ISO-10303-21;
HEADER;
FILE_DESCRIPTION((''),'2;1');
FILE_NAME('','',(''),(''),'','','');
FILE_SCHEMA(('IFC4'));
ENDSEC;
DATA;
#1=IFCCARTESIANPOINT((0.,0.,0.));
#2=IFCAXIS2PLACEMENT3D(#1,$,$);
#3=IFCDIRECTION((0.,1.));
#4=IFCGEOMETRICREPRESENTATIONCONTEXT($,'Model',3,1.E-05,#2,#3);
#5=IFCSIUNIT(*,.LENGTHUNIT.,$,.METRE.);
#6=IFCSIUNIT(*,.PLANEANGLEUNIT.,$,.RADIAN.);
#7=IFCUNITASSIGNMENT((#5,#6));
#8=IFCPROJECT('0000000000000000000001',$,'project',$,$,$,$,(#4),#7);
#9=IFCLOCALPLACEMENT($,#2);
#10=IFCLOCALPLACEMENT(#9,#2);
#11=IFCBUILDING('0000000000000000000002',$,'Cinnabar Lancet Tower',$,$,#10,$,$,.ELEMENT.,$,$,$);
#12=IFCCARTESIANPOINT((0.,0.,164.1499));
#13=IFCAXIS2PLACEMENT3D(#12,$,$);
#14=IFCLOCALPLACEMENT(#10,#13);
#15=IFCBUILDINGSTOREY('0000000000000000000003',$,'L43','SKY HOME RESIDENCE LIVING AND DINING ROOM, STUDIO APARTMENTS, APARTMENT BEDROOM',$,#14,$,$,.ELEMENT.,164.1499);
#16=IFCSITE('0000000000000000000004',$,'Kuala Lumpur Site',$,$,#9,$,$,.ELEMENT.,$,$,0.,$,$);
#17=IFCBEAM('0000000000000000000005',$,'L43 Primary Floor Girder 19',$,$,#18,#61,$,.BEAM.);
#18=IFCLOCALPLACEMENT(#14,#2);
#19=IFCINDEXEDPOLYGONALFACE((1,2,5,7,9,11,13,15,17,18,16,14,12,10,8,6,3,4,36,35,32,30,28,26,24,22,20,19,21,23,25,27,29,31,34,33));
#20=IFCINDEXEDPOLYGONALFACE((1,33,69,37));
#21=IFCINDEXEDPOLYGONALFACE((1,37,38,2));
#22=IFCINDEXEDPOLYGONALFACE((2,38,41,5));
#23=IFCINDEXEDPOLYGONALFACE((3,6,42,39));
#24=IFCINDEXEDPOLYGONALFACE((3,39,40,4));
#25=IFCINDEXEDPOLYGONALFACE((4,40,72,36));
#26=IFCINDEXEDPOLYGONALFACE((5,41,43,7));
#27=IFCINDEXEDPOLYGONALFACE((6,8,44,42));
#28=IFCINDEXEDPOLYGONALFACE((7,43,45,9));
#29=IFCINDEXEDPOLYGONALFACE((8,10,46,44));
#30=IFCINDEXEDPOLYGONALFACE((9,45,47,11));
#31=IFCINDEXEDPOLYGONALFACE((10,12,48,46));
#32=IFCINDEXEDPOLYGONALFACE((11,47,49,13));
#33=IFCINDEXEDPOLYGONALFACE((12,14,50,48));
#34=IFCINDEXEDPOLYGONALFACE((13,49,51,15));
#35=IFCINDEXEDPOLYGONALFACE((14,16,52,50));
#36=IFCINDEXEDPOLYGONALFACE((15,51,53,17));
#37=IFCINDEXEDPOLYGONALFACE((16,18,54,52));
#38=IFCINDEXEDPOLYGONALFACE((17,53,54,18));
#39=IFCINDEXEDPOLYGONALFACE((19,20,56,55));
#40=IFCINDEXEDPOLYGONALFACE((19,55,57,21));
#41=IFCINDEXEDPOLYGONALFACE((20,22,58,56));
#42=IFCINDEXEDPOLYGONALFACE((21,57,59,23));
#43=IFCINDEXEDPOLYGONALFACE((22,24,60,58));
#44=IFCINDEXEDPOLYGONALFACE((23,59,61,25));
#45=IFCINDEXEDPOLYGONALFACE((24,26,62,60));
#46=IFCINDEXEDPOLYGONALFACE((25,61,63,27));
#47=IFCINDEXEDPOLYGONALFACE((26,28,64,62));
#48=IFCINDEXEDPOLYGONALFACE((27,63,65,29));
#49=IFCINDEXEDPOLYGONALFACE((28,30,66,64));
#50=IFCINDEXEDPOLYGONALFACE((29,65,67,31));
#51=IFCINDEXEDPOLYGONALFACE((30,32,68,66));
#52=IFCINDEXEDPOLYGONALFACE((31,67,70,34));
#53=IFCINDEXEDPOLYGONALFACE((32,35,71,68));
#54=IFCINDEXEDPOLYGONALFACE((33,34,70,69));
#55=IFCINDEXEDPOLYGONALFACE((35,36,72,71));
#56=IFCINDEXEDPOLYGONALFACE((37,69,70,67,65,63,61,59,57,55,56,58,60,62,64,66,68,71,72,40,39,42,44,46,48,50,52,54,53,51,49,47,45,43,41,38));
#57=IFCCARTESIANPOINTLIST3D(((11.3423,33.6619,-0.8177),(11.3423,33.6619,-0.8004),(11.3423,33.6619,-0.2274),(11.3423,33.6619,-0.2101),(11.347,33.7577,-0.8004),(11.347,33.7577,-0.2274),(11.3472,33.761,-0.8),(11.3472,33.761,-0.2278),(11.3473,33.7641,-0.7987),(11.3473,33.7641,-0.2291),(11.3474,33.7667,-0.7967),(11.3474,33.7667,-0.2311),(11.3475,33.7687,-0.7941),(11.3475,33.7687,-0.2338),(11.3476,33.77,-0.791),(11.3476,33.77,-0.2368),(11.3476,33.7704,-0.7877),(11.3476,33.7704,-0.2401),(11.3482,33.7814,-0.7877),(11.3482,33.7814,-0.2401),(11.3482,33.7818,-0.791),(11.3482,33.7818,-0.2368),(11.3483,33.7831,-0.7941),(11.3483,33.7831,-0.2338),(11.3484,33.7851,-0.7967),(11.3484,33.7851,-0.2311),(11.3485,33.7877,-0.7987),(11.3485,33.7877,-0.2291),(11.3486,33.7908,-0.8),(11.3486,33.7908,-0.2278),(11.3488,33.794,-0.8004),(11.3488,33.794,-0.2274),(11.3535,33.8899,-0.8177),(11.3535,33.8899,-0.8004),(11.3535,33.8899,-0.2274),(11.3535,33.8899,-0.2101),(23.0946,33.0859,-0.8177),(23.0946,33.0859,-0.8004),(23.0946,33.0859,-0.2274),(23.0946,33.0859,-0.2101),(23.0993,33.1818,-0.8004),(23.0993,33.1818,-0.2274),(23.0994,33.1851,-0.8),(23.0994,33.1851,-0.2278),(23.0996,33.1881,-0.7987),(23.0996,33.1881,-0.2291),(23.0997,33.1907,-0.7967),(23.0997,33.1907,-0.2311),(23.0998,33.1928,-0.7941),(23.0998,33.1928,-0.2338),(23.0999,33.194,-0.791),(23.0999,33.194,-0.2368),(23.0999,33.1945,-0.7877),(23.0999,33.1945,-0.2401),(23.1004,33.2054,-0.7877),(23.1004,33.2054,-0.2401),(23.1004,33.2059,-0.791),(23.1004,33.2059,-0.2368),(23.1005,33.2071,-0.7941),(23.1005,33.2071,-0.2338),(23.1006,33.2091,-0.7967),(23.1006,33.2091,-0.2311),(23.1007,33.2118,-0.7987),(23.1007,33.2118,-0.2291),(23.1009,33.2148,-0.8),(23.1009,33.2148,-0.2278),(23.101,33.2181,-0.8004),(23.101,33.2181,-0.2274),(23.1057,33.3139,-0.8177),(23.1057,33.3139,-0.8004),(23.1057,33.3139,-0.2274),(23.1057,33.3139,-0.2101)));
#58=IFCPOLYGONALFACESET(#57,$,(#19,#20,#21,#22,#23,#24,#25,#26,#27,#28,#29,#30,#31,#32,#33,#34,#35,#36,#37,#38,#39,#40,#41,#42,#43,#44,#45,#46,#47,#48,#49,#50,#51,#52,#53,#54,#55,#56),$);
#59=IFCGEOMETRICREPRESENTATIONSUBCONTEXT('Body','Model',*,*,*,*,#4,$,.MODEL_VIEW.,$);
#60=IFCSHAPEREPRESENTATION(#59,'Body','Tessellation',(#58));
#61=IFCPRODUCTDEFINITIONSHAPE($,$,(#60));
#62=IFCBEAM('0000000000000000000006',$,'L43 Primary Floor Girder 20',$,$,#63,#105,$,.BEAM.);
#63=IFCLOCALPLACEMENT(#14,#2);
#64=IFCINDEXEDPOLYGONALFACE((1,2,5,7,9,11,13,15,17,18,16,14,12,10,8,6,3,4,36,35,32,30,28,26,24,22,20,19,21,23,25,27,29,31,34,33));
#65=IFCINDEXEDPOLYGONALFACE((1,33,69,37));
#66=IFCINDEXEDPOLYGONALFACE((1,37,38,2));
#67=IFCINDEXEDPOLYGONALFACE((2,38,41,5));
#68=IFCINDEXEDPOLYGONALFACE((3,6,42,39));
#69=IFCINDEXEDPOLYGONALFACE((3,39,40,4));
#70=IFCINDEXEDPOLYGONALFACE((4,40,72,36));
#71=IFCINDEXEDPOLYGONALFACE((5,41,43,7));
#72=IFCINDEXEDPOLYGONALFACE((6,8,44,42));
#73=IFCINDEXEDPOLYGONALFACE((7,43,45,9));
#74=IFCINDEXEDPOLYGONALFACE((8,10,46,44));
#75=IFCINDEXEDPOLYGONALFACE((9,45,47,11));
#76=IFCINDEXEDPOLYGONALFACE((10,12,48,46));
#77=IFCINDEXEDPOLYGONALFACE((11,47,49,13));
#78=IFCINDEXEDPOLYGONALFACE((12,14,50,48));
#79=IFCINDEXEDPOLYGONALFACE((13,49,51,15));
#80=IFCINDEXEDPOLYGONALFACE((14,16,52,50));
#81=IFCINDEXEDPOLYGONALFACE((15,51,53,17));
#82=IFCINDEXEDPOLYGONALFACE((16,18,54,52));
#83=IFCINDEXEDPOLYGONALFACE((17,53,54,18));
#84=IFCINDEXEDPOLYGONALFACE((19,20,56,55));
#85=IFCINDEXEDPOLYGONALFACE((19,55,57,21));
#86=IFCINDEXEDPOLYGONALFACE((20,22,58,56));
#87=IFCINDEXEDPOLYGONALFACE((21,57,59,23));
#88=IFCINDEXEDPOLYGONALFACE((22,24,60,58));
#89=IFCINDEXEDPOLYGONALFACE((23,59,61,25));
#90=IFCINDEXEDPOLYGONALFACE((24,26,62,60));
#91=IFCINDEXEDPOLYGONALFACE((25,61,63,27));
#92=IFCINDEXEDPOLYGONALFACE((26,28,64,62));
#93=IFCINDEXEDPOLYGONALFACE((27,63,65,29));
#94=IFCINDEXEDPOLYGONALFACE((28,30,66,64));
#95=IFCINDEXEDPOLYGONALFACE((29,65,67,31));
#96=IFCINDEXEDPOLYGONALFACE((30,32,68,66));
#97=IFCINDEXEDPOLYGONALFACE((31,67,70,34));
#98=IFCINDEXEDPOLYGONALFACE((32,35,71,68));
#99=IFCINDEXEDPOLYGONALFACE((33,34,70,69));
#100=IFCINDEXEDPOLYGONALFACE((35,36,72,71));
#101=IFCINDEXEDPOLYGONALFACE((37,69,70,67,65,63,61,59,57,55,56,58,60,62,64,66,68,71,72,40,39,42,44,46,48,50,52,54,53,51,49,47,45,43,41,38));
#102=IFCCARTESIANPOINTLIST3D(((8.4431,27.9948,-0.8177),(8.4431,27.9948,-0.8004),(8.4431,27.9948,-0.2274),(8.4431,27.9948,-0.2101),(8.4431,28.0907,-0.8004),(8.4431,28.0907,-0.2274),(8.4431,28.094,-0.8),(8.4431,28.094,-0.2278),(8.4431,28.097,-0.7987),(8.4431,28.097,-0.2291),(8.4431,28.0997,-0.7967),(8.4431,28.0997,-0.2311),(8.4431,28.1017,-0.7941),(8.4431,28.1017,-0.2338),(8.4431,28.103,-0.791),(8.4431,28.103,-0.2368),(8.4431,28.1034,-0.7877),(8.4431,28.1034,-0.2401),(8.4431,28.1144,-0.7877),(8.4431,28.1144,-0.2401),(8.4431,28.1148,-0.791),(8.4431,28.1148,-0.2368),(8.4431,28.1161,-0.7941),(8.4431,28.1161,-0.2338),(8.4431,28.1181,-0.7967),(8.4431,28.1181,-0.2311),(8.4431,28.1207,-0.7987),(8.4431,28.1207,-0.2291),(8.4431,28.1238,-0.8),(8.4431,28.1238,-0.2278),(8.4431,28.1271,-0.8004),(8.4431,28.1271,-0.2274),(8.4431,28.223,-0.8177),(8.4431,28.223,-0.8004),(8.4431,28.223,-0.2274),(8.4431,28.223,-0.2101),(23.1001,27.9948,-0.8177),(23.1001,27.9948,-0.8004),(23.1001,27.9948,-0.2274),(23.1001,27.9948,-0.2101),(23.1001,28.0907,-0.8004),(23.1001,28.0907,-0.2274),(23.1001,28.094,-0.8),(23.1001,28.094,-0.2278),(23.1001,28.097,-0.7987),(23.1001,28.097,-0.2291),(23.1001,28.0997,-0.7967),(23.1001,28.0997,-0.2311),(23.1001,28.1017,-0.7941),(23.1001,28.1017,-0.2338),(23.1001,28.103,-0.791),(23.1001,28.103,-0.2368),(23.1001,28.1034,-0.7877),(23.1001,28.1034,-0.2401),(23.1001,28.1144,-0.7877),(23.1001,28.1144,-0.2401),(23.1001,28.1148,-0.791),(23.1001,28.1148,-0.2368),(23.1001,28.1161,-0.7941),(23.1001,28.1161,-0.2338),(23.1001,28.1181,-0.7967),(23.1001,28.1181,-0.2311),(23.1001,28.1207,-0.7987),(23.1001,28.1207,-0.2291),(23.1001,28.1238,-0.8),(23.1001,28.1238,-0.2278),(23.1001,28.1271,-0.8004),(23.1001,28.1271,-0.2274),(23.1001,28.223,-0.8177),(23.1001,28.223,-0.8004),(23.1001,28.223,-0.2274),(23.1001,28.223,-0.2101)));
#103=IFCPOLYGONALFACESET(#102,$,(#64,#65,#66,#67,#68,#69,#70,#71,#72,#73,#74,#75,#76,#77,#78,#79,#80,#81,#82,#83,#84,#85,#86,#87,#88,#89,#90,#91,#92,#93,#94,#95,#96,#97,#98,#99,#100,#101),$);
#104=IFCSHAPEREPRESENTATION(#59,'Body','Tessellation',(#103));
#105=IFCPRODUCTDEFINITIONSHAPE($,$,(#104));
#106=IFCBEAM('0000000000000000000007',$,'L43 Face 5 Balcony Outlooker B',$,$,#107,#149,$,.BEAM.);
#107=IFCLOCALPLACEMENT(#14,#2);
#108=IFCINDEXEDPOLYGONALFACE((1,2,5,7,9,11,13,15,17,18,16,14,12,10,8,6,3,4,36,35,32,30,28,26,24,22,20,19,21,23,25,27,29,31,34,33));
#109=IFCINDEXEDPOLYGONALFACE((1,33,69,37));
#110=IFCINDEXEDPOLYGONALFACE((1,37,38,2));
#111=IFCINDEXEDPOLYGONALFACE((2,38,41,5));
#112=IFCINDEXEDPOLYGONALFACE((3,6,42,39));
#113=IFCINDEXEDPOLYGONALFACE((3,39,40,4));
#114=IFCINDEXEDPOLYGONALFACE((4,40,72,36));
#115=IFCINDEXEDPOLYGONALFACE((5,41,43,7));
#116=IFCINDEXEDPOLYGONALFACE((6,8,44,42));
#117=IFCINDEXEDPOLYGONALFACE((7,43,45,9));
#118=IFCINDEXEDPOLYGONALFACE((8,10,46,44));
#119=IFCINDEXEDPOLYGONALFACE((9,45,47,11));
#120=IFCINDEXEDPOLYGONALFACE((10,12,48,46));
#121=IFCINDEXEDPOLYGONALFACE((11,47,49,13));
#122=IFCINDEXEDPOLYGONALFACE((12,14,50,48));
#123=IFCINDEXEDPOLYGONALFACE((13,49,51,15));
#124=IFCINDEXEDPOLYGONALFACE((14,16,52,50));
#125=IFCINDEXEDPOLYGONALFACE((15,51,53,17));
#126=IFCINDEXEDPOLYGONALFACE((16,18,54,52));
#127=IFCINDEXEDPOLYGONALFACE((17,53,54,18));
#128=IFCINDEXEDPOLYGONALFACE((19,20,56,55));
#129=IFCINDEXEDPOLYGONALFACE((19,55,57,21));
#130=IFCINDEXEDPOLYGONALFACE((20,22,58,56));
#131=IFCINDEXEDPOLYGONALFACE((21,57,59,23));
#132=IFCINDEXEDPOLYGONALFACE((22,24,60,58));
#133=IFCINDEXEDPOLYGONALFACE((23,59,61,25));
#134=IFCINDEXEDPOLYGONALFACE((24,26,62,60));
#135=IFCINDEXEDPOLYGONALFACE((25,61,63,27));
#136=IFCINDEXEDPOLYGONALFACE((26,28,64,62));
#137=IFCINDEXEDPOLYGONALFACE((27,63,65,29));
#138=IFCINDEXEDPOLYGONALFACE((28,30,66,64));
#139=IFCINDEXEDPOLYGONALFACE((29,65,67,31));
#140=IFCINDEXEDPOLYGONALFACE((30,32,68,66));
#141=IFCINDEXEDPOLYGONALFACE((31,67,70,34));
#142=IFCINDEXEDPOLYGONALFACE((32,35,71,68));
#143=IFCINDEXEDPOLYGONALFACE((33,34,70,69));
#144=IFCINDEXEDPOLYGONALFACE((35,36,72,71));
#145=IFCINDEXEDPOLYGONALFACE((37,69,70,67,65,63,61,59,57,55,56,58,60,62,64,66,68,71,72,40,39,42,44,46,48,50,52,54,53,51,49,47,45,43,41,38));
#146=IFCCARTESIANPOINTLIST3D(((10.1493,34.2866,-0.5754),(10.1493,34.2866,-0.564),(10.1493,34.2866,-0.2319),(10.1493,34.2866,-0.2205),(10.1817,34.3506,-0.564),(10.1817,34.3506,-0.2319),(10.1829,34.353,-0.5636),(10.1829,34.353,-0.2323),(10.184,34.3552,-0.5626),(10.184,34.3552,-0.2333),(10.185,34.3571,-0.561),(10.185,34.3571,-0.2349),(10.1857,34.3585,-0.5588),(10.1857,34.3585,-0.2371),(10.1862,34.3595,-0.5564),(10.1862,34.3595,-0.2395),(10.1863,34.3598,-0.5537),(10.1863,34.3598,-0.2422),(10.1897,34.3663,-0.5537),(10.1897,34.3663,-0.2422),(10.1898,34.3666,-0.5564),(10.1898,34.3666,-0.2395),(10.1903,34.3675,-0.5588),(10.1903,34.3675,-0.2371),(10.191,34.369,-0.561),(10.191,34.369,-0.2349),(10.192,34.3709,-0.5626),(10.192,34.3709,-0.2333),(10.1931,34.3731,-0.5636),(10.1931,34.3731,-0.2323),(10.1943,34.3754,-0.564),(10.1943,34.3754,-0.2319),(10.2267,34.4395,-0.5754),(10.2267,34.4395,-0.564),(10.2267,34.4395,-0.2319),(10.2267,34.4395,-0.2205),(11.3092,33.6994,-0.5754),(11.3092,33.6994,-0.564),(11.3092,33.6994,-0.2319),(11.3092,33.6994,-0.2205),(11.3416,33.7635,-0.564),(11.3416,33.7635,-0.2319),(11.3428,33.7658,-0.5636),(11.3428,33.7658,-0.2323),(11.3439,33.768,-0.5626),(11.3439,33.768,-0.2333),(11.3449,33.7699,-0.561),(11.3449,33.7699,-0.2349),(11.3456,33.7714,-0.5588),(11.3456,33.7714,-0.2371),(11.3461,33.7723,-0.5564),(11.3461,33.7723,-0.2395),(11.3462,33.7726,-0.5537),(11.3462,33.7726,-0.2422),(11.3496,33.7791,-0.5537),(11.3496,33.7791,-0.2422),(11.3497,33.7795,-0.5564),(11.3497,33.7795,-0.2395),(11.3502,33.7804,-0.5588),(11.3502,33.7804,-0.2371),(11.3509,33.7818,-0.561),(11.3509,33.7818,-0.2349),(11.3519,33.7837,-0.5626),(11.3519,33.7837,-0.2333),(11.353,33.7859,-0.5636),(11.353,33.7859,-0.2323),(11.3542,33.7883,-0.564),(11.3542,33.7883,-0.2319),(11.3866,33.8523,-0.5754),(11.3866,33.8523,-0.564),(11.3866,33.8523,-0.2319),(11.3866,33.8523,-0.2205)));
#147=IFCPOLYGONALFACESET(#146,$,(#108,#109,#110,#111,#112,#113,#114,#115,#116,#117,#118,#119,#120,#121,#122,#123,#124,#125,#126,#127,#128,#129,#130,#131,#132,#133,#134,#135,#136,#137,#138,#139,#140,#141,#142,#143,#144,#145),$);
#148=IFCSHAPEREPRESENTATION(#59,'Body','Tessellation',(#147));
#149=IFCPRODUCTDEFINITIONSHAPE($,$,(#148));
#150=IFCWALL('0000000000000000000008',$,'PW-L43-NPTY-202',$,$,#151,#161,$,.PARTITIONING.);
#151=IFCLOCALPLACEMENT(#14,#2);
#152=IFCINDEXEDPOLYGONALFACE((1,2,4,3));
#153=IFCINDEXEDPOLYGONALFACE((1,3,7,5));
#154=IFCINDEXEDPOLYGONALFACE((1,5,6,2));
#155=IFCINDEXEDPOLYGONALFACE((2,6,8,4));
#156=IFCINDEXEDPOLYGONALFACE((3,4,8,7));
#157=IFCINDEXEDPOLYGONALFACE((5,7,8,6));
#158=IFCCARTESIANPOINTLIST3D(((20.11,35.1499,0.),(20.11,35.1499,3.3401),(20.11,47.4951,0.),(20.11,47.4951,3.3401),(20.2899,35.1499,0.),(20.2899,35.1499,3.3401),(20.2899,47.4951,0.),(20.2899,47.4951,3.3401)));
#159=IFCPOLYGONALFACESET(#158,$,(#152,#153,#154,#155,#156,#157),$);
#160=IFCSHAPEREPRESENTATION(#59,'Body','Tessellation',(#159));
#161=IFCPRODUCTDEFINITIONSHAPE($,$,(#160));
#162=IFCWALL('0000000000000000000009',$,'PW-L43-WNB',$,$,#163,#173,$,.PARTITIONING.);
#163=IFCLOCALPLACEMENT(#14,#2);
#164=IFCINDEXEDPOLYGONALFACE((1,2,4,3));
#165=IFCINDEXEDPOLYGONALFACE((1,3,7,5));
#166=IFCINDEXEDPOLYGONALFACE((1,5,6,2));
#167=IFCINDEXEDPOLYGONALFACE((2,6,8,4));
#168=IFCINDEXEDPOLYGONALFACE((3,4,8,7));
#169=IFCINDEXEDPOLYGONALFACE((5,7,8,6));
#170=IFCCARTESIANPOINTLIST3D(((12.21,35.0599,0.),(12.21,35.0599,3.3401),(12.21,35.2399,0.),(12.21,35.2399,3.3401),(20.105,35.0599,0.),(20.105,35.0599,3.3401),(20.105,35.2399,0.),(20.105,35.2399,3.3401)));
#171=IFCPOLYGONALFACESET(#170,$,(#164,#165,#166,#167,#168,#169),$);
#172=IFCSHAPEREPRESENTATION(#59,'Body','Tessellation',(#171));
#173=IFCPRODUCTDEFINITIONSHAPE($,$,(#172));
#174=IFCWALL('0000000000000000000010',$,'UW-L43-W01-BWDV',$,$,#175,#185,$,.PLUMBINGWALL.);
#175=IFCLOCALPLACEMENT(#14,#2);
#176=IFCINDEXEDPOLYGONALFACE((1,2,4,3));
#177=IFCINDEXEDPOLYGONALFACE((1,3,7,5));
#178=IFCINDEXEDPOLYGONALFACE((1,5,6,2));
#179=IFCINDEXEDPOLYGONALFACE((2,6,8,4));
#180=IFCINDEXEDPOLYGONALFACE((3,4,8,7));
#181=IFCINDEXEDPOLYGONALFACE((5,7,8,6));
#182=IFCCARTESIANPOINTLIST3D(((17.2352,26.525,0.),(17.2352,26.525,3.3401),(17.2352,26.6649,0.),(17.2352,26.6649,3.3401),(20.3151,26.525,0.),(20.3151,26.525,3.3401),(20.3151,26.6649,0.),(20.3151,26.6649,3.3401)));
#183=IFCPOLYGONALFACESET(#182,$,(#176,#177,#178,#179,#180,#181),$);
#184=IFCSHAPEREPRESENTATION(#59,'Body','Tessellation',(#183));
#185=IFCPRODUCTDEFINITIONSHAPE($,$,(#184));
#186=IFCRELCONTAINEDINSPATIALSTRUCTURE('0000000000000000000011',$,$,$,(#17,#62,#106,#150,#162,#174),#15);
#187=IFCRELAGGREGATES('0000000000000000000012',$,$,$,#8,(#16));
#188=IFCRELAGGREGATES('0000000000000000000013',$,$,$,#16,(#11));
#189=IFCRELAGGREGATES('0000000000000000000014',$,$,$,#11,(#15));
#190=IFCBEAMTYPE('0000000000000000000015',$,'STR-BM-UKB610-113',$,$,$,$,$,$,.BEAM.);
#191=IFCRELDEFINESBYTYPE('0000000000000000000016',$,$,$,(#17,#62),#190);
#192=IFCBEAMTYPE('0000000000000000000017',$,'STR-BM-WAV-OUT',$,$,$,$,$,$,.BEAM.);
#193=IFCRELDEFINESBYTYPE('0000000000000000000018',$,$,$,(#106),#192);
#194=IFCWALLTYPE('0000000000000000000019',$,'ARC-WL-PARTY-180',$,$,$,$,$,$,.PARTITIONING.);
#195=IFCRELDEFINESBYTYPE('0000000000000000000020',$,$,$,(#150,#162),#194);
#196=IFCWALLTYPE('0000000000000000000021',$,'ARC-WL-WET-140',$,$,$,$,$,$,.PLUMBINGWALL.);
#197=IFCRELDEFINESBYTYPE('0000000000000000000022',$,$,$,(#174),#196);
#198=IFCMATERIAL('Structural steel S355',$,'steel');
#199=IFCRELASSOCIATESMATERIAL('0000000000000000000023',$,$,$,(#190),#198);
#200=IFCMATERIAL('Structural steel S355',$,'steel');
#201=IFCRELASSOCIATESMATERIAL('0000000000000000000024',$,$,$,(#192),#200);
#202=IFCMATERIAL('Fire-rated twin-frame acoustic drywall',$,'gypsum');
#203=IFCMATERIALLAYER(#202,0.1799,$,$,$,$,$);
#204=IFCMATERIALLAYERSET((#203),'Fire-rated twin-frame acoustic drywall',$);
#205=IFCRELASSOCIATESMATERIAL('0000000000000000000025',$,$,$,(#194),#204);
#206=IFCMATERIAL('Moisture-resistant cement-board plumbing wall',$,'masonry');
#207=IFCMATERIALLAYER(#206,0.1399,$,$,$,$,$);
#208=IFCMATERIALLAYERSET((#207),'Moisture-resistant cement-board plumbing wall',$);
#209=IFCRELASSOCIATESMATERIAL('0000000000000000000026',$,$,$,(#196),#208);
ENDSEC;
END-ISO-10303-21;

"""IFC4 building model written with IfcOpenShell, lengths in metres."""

from ifc_helpers import new_model, si_unit, direction, frame, frame_2d, origin, origin_2d, place, context, subcontext, project, spatial, rectangle, i_section, extrude, material, layer, layer_set, material_profile, profile_set, type_object, element, save


model = new_model("IFC4")

# Units and contexts
model_context = context("Model", 3, precision=1e-05, world=origin(), true_north=direction((0.0, 1.0)))
body_context = subcontext(model_context, "Body", "Model", "MODEL_VIEW")
ifc_project = project(units=[si_unit("LENGTHUNIT", "METRE"), si_unit("PLANEANGLEUNIT", "RADIAN")], contexts=[model_context])

# Site, building, storey
site_placement = place(None, origin())
site = spatial("IfcSite", under=ifc_project, at=site_placement, Name="Kuala Lumpur Site", CompositionType="ELEMENT", RefElevation=0.0)
building_placement = place(site_placement, origin())
building = spatial("IfcBuilding", under=site, at=building_placement, Name="Cinnabar Lancet Tower", CompositionType="ELEMENT")
storey_placement = place(building_placement, frame((0.0, 0.0, 164.1499)))
storey = spatial("IfcBuildingStorey", under=building, at=storey_placement, Name="L43", Description="SKY HOME RESIDENCE LIVING AND DINING ROOM, STUDIO APARTMENTS, APARTMENT BEDROOM", CompositionType="ELEMENT", Elevation=164.1499)

# Beams
ifc_material_1 = material(Name="Structural steel S355", Category="steel")
ifc_material_profile_1 = material_profile(ifc_material_1, i_section(OverallWidth=0.2283, OverallDepth=0.6077, WebThickness=0.011, FlangeThickness=0.0173, FilletRadius=0.0127, at=origin_2d()), Name="UKB 610x229x113")
ifc_profile_set_1 = profile_set([ifc_material_profile_1], Name="Structural steel S355")
beam_type_1 = type_object("IfcBeamType", Name="STR-BM-UKB610-113", PredefinedType="BEAM", material=ifc_profile_set_1)
beam_1_placement = place(storey_placement, frame((11.3479, 33.7759, -0.5139), z_axis=(0.998801, -0.048947, 0.0), x_axis=(0.048947, 0.998801, 0.0)))
element("IfcBeam", 1, at=beam_1_placement, inside=storey, type_object=beam_type_1, Name="L43 Primary Floor Girder 19", PredefinedType="BEAM", context=body_context, shape_type="SweptSolid", body=[
    extrude(i_section(OverallWidth=0.2283, OverallDepth=0.6077, WebThickness=0.011, FlangeThickness=0.0173, FilletRadius=0.0127, at=origin_2d()), origin(), (0.0, 0.0, 1.0), 11.7664),
])
beam_2_placement = place(storey_placement, frame((8.4431, 28.1089, -0.5139), z_axis=(1.0, 0.0, 0.0), x_axis=(0.0, 1.0, 0.0)))
element("IfcBeam", 2, at=beam_2_placement, inside=storey, type_object=beam_type_1, Name="L43 Primary Floor Girder 20", PredefinedType="BEAM", context=body_context, shape_type="SweptSolid", body=[
    extrude(i_section(OverallWidth=0.2283, OverallDepth=0.6077, WebThickness=0.011, FlangeThickness=0.0173, FilletRadius=0.0127, at=origin_2d()), origin(), (0.0, 0.0, 1.0), 14.657),
])
ifc_material_2 = material(Name="Structural steel S355", Category="steel")
ifc_material_profile_2 = material_profile(ifc_material_2, i_section(OverallWidth=0.1714, OverallDepth=0.355, WebThickness=0.0073, FlangeThickness=0.0115, FilletRadius=0.0103, at=origin_2d()), Name="UKB 356x171x51")
ifc_profile_set_2 = profile_set([ifc_material_profile_2], Name="Structural steel S355")
beam_type_2 = type_object("IfcBeamType", Name="STR-BM-WAV-OUT", PredefinedType="BEAM", material=ifc_profile_set_2)
beam_3_placement = place(storey_placement, frame((11.3479, 33.7759, -0.3979), z_axis=(-0.8922, 0.45164, 0.0), x_axis=(-0.45164, -0.8922, 0.0)))
element("IfcBeam", 3, at=beam_3_placement, inside=storey, type_object=beam_type_2, Name="L43 Face 5 Balcony Outlooker B", PredefinedType="BEAM", context=body_context, shape_type="SweptSolid", body=[
    extrude(i_section(OverallWidth=0.1714, OverallDepth=0.355, WebThickness=0.0073, FlangeThickness=0.0115, FilletRadius=0.0103, at=origin_2d()), origin(), (0.0, 0.0, 1.0), 1.3),
])

# Walls
ifc_material_3 = material(Name="Fire-rated twin-frame acoustic drywall", Category="gypsum")
ifc_layer_1 = layer(ifc_material_3, 0.1799)
ifc_layer_set_1 = layer_set([ifc_layer_1], Name="Fire-rated twin-frame acoustic drywall")
wall_type_1 = type_object("IfcWallType", Name="ARC-WL-PARTY-180", PredefinedType="PARTITIONING", material=ifc_layer_set_1)
wall_1_placement = place(storey_placement, frame((20.2, 35.1499, 0.0), z_axis=(0.0, 0.0, 1.0), x_axis=(0.0, 1.0, 0.0)))
element("IfcWall", 4, at=wall_1_placement, inside=storey, type_object=wall_type_1, Name="PW-L43-NPTY-202", PredefinedType="PARTITIONING", context=body_context, shape_type="SweptSolid", body=[
    extrude(rectangle(XDim=12.3452, YDim=0.1799, at=frame_2d((6.1726, 0.0))), origin(), (0.0, 0.0, 1.0), 3.3401),
])
wall_2_placement = place(storey_placement, frame((12.21, 35.1499, 0.0), z_axis=(0.0, 0.0, 1.0), x_axis=(1.0, 0.0, 0.0)))
element("IfcWall", 5, at=wall_2_placement, inside=storey, type_object=wall_type_1, Name="PW-L43-WNB", PredefinedType="PARTITIONING", context=body_context, shape_type="SweptSolid", body=[
    extrude(rectangle(XDim=7.895, YDim=0.1799, at=frame_2d((3.9475, 0.0))), origin(), (0.0, 0.0, 1.0), 3.3401),
])
ifc_material_4 = material(Name="Moisture-resistant cement-board plumbing wall", Category="masonry")
ifc_layer_2 = layer(ifc_material_4, 0.1399)
ifc_layer_set_2 = layer_set([ifc_layer_2], Name="Moisture-resistant cement-board plumbing wall")
wall_type_2 = type_object("IfcWallType", Name="ARC-WL-WET-140", PredefinedType="PLUMBINGWALL", material=ifc_layer_set_2)
wall_3_placement = place(storey_placement, frame((17.2351, 26.595, 0.0), z_axis=(0.0, 0.0, 1.0), x_axis=(1.0, 0.0, 0.0)))
element("IfcWall", 6, at=wall_3_placement, inside=storey, type_object=wall_type_2, Name="UW-L43-W01-BWDV", PredefinedType="PLUMBINGWALL", context=body_context, shape_type="SweptSolid", body=[
    extrude(rectangle(XDim=3.0798, YDim=0.1399, at=frame_2d((1.54, 0.0))), origin(), (0.0, 0.0, 1.0), 3.3401),
])

save(model, "model.ifc")
